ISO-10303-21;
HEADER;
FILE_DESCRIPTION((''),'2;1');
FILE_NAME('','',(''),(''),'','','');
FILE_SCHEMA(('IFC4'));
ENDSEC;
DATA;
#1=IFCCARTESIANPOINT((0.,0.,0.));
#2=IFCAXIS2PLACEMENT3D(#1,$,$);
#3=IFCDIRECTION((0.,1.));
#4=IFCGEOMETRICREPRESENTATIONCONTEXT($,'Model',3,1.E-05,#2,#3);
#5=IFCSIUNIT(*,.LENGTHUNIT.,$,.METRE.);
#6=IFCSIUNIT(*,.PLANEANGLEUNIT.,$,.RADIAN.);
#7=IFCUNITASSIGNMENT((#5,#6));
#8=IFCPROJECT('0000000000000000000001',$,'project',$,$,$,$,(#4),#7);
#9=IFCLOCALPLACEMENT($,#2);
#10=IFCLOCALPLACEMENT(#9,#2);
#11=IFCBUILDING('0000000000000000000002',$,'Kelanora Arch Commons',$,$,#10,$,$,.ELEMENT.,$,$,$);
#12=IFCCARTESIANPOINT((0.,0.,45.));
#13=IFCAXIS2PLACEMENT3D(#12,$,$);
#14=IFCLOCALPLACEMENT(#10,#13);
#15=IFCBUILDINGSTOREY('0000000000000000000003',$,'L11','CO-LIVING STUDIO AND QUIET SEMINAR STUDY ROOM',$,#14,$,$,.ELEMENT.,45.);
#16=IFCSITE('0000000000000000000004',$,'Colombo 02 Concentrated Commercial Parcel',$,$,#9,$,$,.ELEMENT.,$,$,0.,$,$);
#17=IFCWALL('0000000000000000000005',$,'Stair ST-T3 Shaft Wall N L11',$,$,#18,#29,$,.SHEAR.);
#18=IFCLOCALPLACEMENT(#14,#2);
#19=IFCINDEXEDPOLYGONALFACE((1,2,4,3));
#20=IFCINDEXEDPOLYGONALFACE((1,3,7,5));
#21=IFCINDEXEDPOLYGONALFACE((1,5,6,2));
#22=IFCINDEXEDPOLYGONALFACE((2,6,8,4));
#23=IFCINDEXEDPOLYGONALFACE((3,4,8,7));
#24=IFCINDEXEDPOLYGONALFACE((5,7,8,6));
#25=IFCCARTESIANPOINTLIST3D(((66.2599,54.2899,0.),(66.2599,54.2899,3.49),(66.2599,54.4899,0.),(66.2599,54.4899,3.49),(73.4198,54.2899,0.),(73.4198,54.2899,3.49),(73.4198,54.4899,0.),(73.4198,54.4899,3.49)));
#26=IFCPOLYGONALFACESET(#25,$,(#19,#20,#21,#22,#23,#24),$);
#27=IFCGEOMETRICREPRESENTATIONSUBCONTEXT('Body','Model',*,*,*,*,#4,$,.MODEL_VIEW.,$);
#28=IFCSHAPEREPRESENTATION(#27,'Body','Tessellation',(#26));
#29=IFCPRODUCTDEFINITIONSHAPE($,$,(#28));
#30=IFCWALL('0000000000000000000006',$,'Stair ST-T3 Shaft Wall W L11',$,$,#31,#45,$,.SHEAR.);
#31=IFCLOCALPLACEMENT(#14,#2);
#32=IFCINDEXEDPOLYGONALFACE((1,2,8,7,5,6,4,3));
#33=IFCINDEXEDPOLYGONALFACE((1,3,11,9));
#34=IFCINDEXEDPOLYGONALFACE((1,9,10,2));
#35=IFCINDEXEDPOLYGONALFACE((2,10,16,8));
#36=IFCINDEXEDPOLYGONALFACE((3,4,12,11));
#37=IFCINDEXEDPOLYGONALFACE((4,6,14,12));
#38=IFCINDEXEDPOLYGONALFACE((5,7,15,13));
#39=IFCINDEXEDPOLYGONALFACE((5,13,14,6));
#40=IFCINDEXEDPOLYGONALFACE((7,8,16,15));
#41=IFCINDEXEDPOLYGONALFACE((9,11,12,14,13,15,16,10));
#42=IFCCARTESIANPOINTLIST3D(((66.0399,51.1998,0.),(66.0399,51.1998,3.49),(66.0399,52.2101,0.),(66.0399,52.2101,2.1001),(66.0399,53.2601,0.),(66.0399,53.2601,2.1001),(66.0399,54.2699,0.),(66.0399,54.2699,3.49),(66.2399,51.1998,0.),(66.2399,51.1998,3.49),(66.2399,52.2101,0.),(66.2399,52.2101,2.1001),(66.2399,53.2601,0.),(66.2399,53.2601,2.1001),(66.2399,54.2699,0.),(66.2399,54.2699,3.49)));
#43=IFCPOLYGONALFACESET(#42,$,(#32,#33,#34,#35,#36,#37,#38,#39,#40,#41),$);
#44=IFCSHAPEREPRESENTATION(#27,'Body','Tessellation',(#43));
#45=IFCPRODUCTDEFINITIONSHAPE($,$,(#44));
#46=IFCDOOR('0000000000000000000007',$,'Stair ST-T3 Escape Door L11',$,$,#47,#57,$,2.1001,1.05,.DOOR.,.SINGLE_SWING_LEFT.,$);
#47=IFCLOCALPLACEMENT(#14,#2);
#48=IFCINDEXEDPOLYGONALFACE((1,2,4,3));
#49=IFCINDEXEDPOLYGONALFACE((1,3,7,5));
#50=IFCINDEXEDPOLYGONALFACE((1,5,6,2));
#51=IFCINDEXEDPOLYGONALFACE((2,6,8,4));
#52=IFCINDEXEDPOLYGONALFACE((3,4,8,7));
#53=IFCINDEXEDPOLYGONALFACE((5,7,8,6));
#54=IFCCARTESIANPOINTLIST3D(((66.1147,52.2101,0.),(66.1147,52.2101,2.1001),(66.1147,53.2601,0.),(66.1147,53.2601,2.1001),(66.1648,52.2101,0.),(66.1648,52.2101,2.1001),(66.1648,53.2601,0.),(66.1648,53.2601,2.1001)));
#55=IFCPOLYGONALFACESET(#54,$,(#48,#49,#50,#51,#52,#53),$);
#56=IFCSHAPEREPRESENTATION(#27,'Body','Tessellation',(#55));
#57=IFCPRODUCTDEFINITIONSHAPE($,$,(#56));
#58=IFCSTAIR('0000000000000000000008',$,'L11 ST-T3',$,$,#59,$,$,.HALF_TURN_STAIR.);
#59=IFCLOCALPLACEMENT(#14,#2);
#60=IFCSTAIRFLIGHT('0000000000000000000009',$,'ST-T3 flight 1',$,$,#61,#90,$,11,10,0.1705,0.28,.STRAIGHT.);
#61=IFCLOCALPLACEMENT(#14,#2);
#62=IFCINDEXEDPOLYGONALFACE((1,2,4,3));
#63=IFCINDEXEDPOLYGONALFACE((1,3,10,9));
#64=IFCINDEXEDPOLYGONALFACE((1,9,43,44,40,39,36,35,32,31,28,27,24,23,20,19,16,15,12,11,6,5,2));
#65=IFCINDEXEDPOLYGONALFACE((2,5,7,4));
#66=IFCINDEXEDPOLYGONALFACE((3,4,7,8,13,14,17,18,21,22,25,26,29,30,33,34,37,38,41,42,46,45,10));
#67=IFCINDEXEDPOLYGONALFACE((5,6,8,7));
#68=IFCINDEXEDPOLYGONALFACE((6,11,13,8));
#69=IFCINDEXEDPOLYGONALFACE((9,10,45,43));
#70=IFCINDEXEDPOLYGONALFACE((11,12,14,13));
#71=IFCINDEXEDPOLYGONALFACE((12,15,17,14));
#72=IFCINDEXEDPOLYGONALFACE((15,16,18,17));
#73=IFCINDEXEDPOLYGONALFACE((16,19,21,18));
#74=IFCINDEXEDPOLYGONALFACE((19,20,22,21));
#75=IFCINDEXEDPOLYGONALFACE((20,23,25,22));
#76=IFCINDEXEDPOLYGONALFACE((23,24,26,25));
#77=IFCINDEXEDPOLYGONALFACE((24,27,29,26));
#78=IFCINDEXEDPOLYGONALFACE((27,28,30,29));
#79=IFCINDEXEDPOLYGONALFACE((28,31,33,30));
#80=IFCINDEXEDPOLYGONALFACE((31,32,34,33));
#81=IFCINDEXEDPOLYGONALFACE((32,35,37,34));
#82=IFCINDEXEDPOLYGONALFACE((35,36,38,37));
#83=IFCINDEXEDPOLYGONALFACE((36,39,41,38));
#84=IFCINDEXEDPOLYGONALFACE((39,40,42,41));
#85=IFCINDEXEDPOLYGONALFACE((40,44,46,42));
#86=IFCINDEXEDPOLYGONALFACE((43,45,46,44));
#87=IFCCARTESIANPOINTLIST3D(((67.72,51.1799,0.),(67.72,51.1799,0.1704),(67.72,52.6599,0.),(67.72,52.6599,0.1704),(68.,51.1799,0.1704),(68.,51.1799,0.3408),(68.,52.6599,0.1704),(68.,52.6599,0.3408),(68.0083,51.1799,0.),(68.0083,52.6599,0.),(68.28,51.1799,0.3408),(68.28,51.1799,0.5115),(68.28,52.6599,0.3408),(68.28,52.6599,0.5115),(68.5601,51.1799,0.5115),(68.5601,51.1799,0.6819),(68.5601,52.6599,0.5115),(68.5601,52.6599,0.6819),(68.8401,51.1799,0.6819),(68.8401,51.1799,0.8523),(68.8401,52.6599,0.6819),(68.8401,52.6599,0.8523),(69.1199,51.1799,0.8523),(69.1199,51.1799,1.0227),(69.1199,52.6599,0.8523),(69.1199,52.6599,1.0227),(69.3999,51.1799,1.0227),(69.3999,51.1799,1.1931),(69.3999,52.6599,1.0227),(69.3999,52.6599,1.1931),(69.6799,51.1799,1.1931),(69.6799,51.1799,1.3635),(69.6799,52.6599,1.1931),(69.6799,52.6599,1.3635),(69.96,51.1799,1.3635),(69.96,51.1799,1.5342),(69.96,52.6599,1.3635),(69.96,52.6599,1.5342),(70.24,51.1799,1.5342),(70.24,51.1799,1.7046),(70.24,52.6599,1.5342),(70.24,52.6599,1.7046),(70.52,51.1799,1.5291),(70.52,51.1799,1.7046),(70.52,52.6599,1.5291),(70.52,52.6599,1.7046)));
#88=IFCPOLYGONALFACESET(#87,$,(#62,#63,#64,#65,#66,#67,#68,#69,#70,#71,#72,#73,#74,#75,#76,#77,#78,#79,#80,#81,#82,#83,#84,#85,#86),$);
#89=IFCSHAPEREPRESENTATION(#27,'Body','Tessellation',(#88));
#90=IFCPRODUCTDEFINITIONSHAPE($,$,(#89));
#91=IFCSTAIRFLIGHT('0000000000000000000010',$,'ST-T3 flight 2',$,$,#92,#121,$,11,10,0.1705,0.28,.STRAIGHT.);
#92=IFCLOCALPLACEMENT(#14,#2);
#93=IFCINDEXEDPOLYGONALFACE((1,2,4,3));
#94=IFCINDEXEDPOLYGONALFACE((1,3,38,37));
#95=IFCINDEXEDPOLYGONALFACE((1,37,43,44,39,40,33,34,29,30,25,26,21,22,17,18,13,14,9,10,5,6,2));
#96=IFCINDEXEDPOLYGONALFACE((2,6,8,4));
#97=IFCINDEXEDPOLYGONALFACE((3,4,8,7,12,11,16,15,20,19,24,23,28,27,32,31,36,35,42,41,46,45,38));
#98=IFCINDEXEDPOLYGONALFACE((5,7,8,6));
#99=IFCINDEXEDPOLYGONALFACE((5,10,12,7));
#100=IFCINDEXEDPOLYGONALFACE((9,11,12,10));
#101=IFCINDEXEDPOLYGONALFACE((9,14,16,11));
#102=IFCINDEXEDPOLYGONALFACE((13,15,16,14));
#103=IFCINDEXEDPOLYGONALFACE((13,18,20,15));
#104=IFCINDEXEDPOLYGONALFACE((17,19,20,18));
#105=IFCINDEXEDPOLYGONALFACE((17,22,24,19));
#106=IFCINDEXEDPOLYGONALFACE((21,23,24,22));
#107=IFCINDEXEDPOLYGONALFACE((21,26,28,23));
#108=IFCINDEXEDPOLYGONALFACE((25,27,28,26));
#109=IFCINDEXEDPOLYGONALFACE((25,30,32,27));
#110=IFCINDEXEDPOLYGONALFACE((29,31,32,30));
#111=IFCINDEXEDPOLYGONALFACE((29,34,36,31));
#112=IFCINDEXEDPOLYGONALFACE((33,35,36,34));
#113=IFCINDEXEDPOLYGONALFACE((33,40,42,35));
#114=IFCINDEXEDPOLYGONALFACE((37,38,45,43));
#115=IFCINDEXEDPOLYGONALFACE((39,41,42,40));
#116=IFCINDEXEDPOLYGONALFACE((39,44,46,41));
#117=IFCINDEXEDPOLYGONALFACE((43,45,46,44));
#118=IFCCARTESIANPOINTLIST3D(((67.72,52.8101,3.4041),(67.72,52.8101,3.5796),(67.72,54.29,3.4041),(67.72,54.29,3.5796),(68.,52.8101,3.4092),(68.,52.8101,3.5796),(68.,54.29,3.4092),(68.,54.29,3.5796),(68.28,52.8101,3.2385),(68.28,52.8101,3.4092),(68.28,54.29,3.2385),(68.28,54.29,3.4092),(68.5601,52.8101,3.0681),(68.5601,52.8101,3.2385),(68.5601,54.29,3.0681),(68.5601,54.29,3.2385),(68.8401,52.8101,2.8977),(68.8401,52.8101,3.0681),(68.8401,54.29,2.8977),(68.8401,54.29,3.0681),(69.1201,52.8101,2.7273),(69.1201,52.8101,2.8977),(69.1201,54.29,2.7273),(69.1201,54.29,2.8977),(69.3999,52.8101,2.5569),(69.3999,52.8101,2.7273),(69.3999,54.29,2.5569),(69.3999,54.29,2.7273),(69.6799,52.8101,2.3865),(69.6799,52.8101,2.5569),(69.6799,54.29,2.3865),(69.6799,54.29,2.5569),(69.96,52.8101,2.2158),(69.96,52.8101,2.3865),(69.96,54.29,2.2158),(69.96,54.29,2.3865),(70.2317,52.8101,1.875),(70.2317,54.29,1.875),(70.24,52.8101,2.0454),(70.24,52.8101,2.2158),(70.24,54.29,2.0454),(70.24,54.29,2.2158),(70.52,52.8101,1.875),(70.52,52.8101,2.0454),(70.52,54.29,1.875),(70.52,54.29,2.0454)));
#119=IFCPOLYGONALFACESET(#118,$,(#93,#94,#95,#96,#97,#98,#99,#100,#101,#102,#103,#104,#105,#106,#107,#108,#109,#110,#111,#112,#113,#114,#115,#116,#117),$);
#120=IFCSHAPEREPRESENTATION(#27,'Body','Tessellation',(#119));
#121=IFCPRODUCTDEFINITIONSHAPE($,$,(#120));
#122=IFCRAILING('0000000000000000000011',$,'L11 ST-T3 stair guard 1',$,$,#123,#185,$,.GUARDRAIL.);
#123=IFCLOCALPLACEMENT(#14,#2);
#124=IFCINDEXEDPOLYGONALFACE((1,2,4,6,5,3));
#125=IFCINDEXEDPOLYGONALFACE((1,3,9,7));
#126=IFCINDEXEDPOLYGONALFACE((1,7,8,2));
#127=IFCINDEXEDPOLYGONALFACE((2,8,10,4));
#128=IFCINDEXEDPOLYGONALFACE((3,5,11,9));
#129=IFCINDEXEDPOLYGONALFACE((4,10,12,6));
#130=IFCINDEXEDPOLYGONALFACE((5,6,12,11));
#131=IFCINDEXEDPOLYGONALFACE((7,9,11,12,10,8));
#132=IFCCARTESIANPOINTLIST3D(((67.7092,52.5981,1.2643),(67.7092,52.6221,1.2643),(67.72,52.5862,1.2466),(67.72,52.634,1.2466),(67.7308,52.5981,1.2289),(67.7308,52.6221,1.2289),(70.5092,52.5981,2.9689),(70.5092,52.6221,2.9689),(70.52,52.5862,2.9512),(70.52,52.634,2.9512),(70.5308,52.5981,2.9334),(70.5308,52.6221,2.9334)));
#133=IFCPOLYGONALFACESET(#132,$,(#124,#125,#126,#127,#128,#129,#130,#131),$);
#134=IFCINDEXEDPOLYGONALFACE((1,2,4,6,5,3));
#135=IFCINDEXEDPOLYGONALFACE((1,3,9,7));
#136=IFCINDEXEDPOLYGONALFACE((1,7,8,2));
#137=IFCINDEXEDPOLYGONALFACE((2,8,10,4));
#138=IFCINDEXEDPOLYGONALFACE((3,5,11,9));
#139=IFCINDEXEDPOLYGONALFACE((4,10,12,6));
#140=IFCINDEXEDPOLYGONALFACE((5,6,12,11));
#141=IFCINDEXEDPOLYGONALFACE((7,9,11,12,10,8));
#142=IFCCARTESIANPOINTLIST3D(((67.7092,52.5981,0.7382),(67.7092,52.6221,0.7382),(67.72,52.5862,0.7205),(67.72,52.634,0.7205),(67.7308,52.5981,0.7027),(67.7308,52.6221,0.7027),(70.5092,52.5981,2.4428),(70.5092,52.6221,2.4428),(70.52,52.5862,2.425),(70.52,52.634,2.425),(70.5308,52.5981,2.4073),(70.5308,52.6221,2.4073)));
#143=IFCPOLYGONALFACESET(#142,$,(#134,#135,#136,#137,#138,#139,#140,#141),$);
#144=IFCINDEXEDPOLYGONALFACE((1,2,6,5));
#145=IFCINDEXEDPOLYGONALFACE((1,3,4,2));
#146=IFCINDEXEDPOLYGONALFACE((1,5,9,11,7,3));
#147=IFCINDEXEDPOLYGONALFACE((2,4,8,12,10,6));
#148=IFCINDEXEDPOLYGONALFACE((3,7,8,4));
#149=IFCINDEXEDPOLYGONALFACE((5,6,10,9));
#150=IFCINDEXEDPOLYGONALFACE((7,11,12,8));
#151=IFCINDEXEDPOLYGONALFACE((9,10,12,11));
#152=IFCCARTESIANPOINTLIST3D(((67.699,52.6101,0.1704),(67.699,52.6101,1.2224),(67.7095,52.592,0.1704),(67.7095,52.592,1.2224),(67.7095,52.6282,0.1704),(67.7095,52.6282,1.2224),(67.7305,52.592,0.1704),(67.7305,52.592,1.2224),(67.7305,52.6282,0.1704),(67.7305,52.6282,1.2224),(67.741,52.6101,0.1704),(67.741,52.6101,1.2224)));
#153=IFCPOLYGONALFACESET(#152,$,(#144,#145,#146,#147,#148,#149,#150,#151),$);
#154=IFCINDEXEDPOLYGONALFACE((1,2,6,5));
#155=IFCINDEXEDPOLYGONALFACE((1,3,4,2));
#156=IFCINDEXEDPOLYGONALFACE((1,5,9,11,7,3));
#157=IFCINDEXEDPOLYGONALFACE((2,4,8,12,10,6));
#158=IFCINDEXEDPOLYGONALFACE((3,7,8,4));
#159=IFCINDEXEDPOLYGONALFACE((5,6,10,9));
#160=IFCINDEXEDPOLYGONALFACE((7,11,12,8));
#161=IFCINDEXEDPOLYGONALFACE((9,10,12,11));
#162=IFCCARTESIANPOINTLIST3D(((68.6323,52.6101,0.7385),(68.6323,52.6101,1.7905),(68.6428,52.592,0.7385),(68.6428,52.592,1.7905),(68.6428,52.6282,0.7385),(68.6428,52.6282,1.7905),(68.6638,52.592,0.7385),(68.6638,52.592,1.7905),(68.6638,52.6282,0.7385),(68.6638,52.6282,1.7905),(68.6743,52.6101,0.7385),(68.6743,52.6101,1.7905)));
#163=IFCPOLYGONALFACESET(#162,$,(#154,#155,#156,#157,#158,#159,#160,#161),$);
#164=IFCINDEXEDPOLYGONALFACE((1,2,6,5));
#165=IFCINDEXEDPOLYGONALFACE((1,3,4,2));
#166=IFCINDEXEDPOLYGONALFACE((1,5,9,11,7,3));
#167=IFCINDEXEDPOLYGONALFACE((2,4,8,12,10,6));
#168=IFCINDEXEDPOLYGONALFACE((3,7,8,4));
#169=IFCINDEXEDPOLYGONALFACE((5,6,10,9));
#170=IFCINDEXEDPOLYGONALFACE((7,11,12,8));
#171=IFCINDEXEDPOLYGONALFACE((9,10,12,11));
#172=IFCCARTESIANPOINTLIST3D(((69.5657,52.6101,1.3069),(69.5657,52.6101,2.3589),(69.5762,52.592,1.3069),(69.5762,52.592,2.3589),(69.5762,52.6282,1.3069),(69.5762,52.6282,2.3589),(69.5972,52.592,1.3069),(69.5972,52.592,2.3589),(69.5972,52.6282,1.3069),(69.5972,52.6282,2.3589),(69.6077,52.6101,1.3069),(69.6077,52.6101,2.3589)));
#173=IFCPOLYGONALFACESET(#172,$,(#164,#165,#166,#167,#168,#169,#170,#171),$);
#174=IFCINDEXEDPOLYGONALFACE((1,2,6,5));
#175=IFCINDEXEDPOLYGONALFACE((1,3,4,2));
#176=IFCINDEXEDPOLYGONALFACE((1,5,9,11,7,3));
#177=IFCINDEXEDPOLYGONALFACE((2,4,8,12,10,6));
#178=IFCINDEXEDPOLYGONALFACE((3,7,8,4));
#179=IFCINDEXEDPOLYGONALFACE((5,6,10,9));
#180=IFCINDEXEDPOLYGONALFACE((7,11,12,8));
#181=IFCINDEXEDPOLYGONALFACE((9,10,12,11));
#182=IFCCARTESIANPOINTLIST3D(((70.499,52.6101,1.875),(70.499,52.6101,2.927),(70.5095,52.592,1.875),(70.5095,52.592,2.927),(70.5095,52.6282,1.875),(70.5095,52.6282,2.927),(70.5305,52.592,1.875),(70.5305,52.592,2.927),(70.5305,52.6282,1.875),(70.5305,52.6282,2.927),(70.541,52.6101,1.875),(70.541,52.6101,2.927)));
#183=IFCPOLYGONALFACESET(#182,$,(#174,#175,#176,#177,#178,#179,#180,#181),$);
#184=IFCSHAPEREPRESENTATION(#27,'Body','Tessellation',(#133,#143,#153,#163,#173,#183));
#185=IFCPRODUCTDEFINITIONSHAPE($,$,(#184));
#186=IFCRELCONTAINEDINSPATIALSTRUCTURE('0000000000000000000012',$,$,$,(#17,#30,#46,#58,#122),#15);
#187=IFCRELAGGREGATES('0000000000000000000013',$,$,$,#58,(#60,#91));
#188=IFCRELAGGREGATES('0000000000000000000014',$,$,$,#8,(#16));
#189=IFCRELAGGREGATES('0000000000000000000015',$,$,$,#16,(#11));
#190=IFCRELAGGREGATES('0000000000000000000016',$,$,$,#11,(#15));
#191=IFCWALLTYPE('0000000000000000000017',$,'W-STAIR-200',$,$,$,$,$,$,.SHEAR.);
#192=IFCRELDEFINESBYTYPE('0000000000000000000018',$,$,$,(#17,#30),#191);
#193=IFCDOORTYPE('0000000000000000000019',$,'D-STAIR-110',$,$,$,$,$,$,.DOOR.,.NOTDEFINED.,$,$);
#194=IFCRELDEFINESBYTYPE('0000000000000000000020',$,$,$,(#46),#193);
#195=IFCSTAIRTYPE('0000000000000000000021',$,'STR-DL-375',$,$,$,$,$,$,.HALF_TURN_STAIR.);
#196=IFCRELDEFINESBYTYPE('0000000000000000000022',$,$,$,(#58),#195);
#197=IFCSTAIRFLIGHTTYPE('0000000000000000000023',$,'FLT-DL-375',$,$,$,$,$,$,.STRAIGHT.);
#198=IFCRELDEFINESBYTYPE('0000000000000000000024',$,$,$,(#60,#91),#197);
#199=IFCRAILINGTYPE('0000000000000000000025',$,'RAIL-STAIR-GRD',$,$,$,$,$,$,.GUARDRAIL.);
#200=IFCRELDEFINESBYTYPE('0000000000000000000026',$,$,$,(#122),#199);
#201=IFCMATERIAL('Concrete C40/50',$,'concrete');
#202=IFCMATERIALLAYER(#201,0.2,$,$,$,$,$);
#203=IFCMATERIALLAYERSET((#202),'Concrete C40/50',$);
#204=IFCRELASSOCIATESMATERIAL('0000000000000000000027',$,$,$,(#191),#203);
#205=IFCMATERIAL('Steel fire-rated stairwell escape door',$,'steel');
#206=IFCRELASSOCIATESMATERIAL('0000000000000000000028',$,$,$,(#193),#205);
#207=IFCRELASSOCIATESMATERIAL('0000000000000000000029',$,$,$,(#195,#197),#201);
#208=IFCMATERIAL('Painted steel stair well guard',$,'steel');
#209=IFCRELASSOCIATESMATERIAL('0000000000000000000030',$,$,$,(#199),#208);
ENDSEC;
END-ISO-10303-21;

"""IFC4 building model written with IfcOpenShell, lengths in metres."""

from ifc_helpers import new_model, si_unit, direction, frame, frame_2d, origin, place, context, subcontext, project, spatial, polyline, rectangle, outline, extrude, material, layer, layer_set, type_object, element, fill, aggregate, save


model = new_model("IFC4")

# Units and contexts
model_context = context("Model", 3, precision=1e-05, world=origin(), true_north=direction((0.0, 1.0)))
body_context = subcontext(model_context, "Body", "Model", "MODEL_VIEW")
ifc_project = project(units=[si_unit("LENGTHUNIT", "METRE"), si_unit("PLANEANGLEUNIT", "RADIAN")], contexts=[model_context])

# Site, building, storey
site_placement = place(None, origin())
site = spatial("IfcSite", under=ifc_project, at=site_placement, Name="Colombo 02 Concentrated Commercial Parcel", CompositionType="ELEMENT", RefElevation=0.0)
building_placement = place(site_placement, origin())
building = spatial("IfcBuilding", under=site, at=building_placement, Name="Kelanora Arch Commons", CompositionType="ELEMENT")
storey_placement = place(building_placement, frame((0.0, 0.0, 45.0)))
storey = spatial("IfcBuildingStorey", under=building, at=storey_placement, Name="L11", Description="CO-LIVING STUDIO AND QUIET SEMINAR STUDY ROOM", CompositionType="ELEMENT", Elevation=45.0)

# Shared definitions
ifc_material_1 = material(Name="Concrete C40/50", Category="concrete")

# Wall
ifc_layer_1 = layer(ifc_material_1, 0.2)
ifc_layer_set_1 = layer_set([ifc_layer_1], Name="Concrete C40/50")
wall_type_1 = type_object("IfcWallType", Name="W-STAIR-200", PredefinedType="SHEAR", material=ifc_layer_set_1)
wall_1_placement = place(storey_placement, frame((73.4199, 54.3899, 0.0), z_axis=(0.0, 0.0, 1.0), x_axis=(-1.0, 0.0, 0.0)))
element("IfcWall", 1, at=wall_1_placement, inside=storey, type_object=wall_type_1, Name="Stair ST-T3 Shaft Wall N L11", PredefinedType="SHEAR", context=body_context, shape_type="SweptSolid", body=[
    extrude(rectangle(XDim=7.1599, YDim=0.2, at=frame_2d((3.5801, 0.0))), origin(), (0.0, 0.0, 1.0), 3.49),
])

# Wall, opening, door
wall_2_placement = place(storey_placement, frame((66.1399, 54.27, 0.0), z_axis=(0.0, 0.0, 1.0), x_axis=(0.0, -1.0, 0.0)))
wall_2 = element("IfcWall", 2, at=wall_2_placement, inside=storey, type_object=wall_type_1, Name="Stair ST-T3 Shaft Wall W L11", PredefinedType="SHEAR", context=body_context, shape_type="SweptSolid", body=[
    extrude(rectangle(XDim=3.0701, YDim=0.2, at=frame_2d((1.5352, 0.0))), origin(), (0.0, 0.0, 1.0), 3.49),
])
opening_1_placement = place(wall_2_placement, frame((1.01, 0.0, 0.0)))
opening_1 = element("IfcOpeningElement", 3, at=opening_1_placement, cuts=wall_2, PredefinedType="OPENING", context=body_context, shape_type="SweptSolid", body=[
    extrude(rectangle(XDim=1.05, YDim=2.1001, at=frame_2d((0.5249, 1.05))), frame((0.0, 0.1099, 0.0), z_axis=(0.0, -1.0, 0.0), x_axis=(1.0, 0.0, 0.0)), (0.0, 0.0, 1.0), 0.22),
])
ifc_material_2 = material(Name="Steel fire-rated stairwell escape door", Category="steel")
door_type_1 = type_object("IfcDoorType", Name="D-STAIR-110", OperationType="NOTDEFINED", PredefinedType="DOOR", material=ifc_material_2)
door_1_placement = place(opening_1_placement, origin())
door_1 = element("IfcDoor", 4, at=door_1_placement, inside=storey, type_object=door_type_1, Name="Stair ST-T3 Escape Door L11", OperationType="SINGLE_SWING_LEFT", OverallHeight=2.1001, OverallWidth=1.05, PredefinedType="DOOR", context=body_context, shape_type="SweptSolid", body=[
    extrude(rectangle(XDim=1.05, YDim=2.1001, at=frame_2d((0.5249, 1.05))), frame((0.0, 0.0249, 0.0), z_axis=(0.0, -1.0, 0.0), x_axis=(1.0, 0.0, 0.0)), (0.0, 0.0, 1.0), 0.05),
])
fill(opening_1, door_1)

# Stair, stair flights
stair_type = type_object("IfcStairType", Name="STR-DL-375", PredefinedType="HALF_TURN_STAIR", material=ifc_material_1)
stair_placement = place(storey_placement, origin())
stair = element("IfcStair", 5, at=stair_placement, inside=storey, type_object=stair_type, Name="L11 ST-T3", PredefinedType="HALF_TURN_STAIR")
stair_flight_type = type_object("IfcStairFlightType", Name="FLT-DL-375", PredefinedType="STRAIGHT", material=ifc_material_1)
stair_flight_1_placement = place(storey_placement, frame((67.72, 51.9199, 0.0), z_axis=(0.0, 0.0, 1.0), x_axis=(1.0, 0.0, 0.0)))
stair_flight_1 = element("IfcStairFlight", 6, at=stair_flight_1_placement, type_object=stair_flight_type, Name="ST-T3 flight 1", NumberOfRisers=11, NumberOfTreads=10, PredefinedType="STRAIGHT", RiserHeight=0.1705, TreadLength=0.28, context=body_context, shape_type="SweptSolid", body=[
    extrude(outline(polyline([(0.0, 0.0), (0.0, 0.1704), (0.28, 0.1704), (0.28, 0.3408), (0.5601, 0.3408), (0.5601, 0.5115), (0.8401, 0.5115), (0.8401, 0.6819), (1.1201, 0.6819), (1.1201, 0.8523), (1.3999, 0.8523), (1.3999, 1.0227), (1.6799, 1.0227), (1.6799, 1.1931), (1.96, 1.1931), (1.96, 1.3635), (2.24, 1.3635), (2.24, 1.5342), (2.52, 1.5342), (2.52, 1.7046), (2.8, 1.7046), (2.8, 1.875), (2.8, 1.5291), (0.2883, 0.0), (0.0, 0.0)])), frame((0.0, 0.74, 0.0), z_axis=(0.0, -1.0, 0.0), x_axis=(1.0, 0.0, 0.0)), (0.0, 0.0, 1.0), 1.48),
])
stair_flight_2_placement = place(storey_placement, frame((70.52, 53.55, 1.875), z_axis=(0.0, 0.0, 1.0), x_axis=(-1.0, 0.0, 0.0)))
stair_flight_2 = element("IfcStairFlight", 7, at=stair_flight_2_placement, type_object=stair_flight_type, Name="ST-T3 flight 2", NumberOfRisers=11, NumberOfTreads=10, PredefinedType="STRAIGHT", RiserHeight=0.1705, TreadLength=0.28, context=body_context, shape_type="SweptSolid", body=[
    extrude(outline(polyline([(0.0, 0.0), (0.0, 0.1704), (0.28, 0.1704), (0.28, 0.3408), (0.5601, 0.3408), (0.5601, 0.5115), (0.8401, 0.5115), (0.8401, 0.6819), (1.1201, 0.6819), (1.1201, 0.8523), (1.3999, 0.8523), (1.3999, 1.0227), (1.6799, 1.0227), (1.6799, 1.1931), (1.96, 1.1931), (1.96, 1.3635), (2.24, 1.3635), (2.24, 1.5342), (2.52, 1.5342), (2.52, 1.7046), (2.8, 1.7046), (2.8, 1.875), (2.8, 1.5291), (0.2883, 0.0), (0.0, 0.0)])), frame((0.0, 0.74, 0.0), z_axis=(0.0, -1.0, 0.0), x_axis=(1.0, 0.0, 0.0)), (0.0, 0.0, 1.0), 1.48),
])
aggregate(stair, [stair_flight_1, stair_flight_2])

# Railing
ifc_material_3 = material(Name="Painted steel stair well guard", Category="steel")
railing_type_1 = type_object("IfcRailingType", Name="RAIL-STAIR-GRD", PredefinedType="GUARDRAIL", material=ifc_material_3)
railing_1_placement = place(storey_placement, frame((67.72, 52.6101, 0.1704)))
element("IfcRailing", 8, at=railing_1_placement, inside=storey, type_object=railing_type_1, Name="L11 ST-T3 stair guard 1", PredefinedType="GUARDRAIL", context=body_context, shape_type="SweptSolid", body=[
    extrude(outline(polyline([(0.0239, 0.0), (0.012, 0.0208), (-0.012, 0.0208), (-0.0239, 0.0), (-0.012, -0.0208), (0.012, -0.0208), (0.0239, 0.0)])), frame((0.0, 0.0, 1.0762), z_axis=(0.85417, 0.0, 0.519994), x_axis=(0.0, 1.0, 0.0)), (0.0, 0.0, 1.0), 3.2781),
    extrude(outline(polyline([(0.0239, 0.0), (0.012, 0.0208), (-0.012, 0.0208), (-0.0239, 0.0), (-0.012, -0.0208), (0.012, -0.0208), (0.0239, 0.0)])), frame((0.0, 0.0, 0.55), z_axis=(0.85417, 0.0, 0.519994), x_axis=(0.0, 1.0, 0.0)), (0.0, 0.0, 1.0), 3.2781),
    extrude(outline(polyline([(0.021, 0.0), (0.0105, 0.0181), (-0.0105, 0.0181), (-0.021, 0.0), (-0.0105, -0.0181), (0.0105, -0.0181), (0.021, 0.0)])), origin(), (0.0, 0.0, 1.0), 1.052),
    extrude(outline(polyline([(0.021, 0.0), (0.0105, 0.0181), (-0.0105, 0.0181), (-0.021, 0.0), (-0.0105, -0.0181), (0.0105, -0.0181), (0.021, 0.0)])), frame((0.9333, 0.0, 0.5681)), (0.0, 0.0, 1.0), 1.052),
    extrude(outline(polyline([(0.021, 0.0), (0.0105, 0.0181), (-0.0105, 0.0181), (-0.021, 0.0), (-0.0105, -0.0181), (0.0105, -0.0181), (0.021, 0.0)])), frame((1.8667, 0.0, 1.1365)), (0.0, 0.0, 1.0), 1.052),
    extrude(outline(polyline([(0.021, 0.0), (0.0105, 0.0181), (-0.0105, 0.0181), (-0.021, 0.0), (-0.0105, -0.0181), (0.0105, -0.0181), (0.021, 0.0)])), frame((2.8, 0.0, 1.7046)), (0.0, 0.0, 1.0), 1.052),
])

save(model, "model.ifc")
